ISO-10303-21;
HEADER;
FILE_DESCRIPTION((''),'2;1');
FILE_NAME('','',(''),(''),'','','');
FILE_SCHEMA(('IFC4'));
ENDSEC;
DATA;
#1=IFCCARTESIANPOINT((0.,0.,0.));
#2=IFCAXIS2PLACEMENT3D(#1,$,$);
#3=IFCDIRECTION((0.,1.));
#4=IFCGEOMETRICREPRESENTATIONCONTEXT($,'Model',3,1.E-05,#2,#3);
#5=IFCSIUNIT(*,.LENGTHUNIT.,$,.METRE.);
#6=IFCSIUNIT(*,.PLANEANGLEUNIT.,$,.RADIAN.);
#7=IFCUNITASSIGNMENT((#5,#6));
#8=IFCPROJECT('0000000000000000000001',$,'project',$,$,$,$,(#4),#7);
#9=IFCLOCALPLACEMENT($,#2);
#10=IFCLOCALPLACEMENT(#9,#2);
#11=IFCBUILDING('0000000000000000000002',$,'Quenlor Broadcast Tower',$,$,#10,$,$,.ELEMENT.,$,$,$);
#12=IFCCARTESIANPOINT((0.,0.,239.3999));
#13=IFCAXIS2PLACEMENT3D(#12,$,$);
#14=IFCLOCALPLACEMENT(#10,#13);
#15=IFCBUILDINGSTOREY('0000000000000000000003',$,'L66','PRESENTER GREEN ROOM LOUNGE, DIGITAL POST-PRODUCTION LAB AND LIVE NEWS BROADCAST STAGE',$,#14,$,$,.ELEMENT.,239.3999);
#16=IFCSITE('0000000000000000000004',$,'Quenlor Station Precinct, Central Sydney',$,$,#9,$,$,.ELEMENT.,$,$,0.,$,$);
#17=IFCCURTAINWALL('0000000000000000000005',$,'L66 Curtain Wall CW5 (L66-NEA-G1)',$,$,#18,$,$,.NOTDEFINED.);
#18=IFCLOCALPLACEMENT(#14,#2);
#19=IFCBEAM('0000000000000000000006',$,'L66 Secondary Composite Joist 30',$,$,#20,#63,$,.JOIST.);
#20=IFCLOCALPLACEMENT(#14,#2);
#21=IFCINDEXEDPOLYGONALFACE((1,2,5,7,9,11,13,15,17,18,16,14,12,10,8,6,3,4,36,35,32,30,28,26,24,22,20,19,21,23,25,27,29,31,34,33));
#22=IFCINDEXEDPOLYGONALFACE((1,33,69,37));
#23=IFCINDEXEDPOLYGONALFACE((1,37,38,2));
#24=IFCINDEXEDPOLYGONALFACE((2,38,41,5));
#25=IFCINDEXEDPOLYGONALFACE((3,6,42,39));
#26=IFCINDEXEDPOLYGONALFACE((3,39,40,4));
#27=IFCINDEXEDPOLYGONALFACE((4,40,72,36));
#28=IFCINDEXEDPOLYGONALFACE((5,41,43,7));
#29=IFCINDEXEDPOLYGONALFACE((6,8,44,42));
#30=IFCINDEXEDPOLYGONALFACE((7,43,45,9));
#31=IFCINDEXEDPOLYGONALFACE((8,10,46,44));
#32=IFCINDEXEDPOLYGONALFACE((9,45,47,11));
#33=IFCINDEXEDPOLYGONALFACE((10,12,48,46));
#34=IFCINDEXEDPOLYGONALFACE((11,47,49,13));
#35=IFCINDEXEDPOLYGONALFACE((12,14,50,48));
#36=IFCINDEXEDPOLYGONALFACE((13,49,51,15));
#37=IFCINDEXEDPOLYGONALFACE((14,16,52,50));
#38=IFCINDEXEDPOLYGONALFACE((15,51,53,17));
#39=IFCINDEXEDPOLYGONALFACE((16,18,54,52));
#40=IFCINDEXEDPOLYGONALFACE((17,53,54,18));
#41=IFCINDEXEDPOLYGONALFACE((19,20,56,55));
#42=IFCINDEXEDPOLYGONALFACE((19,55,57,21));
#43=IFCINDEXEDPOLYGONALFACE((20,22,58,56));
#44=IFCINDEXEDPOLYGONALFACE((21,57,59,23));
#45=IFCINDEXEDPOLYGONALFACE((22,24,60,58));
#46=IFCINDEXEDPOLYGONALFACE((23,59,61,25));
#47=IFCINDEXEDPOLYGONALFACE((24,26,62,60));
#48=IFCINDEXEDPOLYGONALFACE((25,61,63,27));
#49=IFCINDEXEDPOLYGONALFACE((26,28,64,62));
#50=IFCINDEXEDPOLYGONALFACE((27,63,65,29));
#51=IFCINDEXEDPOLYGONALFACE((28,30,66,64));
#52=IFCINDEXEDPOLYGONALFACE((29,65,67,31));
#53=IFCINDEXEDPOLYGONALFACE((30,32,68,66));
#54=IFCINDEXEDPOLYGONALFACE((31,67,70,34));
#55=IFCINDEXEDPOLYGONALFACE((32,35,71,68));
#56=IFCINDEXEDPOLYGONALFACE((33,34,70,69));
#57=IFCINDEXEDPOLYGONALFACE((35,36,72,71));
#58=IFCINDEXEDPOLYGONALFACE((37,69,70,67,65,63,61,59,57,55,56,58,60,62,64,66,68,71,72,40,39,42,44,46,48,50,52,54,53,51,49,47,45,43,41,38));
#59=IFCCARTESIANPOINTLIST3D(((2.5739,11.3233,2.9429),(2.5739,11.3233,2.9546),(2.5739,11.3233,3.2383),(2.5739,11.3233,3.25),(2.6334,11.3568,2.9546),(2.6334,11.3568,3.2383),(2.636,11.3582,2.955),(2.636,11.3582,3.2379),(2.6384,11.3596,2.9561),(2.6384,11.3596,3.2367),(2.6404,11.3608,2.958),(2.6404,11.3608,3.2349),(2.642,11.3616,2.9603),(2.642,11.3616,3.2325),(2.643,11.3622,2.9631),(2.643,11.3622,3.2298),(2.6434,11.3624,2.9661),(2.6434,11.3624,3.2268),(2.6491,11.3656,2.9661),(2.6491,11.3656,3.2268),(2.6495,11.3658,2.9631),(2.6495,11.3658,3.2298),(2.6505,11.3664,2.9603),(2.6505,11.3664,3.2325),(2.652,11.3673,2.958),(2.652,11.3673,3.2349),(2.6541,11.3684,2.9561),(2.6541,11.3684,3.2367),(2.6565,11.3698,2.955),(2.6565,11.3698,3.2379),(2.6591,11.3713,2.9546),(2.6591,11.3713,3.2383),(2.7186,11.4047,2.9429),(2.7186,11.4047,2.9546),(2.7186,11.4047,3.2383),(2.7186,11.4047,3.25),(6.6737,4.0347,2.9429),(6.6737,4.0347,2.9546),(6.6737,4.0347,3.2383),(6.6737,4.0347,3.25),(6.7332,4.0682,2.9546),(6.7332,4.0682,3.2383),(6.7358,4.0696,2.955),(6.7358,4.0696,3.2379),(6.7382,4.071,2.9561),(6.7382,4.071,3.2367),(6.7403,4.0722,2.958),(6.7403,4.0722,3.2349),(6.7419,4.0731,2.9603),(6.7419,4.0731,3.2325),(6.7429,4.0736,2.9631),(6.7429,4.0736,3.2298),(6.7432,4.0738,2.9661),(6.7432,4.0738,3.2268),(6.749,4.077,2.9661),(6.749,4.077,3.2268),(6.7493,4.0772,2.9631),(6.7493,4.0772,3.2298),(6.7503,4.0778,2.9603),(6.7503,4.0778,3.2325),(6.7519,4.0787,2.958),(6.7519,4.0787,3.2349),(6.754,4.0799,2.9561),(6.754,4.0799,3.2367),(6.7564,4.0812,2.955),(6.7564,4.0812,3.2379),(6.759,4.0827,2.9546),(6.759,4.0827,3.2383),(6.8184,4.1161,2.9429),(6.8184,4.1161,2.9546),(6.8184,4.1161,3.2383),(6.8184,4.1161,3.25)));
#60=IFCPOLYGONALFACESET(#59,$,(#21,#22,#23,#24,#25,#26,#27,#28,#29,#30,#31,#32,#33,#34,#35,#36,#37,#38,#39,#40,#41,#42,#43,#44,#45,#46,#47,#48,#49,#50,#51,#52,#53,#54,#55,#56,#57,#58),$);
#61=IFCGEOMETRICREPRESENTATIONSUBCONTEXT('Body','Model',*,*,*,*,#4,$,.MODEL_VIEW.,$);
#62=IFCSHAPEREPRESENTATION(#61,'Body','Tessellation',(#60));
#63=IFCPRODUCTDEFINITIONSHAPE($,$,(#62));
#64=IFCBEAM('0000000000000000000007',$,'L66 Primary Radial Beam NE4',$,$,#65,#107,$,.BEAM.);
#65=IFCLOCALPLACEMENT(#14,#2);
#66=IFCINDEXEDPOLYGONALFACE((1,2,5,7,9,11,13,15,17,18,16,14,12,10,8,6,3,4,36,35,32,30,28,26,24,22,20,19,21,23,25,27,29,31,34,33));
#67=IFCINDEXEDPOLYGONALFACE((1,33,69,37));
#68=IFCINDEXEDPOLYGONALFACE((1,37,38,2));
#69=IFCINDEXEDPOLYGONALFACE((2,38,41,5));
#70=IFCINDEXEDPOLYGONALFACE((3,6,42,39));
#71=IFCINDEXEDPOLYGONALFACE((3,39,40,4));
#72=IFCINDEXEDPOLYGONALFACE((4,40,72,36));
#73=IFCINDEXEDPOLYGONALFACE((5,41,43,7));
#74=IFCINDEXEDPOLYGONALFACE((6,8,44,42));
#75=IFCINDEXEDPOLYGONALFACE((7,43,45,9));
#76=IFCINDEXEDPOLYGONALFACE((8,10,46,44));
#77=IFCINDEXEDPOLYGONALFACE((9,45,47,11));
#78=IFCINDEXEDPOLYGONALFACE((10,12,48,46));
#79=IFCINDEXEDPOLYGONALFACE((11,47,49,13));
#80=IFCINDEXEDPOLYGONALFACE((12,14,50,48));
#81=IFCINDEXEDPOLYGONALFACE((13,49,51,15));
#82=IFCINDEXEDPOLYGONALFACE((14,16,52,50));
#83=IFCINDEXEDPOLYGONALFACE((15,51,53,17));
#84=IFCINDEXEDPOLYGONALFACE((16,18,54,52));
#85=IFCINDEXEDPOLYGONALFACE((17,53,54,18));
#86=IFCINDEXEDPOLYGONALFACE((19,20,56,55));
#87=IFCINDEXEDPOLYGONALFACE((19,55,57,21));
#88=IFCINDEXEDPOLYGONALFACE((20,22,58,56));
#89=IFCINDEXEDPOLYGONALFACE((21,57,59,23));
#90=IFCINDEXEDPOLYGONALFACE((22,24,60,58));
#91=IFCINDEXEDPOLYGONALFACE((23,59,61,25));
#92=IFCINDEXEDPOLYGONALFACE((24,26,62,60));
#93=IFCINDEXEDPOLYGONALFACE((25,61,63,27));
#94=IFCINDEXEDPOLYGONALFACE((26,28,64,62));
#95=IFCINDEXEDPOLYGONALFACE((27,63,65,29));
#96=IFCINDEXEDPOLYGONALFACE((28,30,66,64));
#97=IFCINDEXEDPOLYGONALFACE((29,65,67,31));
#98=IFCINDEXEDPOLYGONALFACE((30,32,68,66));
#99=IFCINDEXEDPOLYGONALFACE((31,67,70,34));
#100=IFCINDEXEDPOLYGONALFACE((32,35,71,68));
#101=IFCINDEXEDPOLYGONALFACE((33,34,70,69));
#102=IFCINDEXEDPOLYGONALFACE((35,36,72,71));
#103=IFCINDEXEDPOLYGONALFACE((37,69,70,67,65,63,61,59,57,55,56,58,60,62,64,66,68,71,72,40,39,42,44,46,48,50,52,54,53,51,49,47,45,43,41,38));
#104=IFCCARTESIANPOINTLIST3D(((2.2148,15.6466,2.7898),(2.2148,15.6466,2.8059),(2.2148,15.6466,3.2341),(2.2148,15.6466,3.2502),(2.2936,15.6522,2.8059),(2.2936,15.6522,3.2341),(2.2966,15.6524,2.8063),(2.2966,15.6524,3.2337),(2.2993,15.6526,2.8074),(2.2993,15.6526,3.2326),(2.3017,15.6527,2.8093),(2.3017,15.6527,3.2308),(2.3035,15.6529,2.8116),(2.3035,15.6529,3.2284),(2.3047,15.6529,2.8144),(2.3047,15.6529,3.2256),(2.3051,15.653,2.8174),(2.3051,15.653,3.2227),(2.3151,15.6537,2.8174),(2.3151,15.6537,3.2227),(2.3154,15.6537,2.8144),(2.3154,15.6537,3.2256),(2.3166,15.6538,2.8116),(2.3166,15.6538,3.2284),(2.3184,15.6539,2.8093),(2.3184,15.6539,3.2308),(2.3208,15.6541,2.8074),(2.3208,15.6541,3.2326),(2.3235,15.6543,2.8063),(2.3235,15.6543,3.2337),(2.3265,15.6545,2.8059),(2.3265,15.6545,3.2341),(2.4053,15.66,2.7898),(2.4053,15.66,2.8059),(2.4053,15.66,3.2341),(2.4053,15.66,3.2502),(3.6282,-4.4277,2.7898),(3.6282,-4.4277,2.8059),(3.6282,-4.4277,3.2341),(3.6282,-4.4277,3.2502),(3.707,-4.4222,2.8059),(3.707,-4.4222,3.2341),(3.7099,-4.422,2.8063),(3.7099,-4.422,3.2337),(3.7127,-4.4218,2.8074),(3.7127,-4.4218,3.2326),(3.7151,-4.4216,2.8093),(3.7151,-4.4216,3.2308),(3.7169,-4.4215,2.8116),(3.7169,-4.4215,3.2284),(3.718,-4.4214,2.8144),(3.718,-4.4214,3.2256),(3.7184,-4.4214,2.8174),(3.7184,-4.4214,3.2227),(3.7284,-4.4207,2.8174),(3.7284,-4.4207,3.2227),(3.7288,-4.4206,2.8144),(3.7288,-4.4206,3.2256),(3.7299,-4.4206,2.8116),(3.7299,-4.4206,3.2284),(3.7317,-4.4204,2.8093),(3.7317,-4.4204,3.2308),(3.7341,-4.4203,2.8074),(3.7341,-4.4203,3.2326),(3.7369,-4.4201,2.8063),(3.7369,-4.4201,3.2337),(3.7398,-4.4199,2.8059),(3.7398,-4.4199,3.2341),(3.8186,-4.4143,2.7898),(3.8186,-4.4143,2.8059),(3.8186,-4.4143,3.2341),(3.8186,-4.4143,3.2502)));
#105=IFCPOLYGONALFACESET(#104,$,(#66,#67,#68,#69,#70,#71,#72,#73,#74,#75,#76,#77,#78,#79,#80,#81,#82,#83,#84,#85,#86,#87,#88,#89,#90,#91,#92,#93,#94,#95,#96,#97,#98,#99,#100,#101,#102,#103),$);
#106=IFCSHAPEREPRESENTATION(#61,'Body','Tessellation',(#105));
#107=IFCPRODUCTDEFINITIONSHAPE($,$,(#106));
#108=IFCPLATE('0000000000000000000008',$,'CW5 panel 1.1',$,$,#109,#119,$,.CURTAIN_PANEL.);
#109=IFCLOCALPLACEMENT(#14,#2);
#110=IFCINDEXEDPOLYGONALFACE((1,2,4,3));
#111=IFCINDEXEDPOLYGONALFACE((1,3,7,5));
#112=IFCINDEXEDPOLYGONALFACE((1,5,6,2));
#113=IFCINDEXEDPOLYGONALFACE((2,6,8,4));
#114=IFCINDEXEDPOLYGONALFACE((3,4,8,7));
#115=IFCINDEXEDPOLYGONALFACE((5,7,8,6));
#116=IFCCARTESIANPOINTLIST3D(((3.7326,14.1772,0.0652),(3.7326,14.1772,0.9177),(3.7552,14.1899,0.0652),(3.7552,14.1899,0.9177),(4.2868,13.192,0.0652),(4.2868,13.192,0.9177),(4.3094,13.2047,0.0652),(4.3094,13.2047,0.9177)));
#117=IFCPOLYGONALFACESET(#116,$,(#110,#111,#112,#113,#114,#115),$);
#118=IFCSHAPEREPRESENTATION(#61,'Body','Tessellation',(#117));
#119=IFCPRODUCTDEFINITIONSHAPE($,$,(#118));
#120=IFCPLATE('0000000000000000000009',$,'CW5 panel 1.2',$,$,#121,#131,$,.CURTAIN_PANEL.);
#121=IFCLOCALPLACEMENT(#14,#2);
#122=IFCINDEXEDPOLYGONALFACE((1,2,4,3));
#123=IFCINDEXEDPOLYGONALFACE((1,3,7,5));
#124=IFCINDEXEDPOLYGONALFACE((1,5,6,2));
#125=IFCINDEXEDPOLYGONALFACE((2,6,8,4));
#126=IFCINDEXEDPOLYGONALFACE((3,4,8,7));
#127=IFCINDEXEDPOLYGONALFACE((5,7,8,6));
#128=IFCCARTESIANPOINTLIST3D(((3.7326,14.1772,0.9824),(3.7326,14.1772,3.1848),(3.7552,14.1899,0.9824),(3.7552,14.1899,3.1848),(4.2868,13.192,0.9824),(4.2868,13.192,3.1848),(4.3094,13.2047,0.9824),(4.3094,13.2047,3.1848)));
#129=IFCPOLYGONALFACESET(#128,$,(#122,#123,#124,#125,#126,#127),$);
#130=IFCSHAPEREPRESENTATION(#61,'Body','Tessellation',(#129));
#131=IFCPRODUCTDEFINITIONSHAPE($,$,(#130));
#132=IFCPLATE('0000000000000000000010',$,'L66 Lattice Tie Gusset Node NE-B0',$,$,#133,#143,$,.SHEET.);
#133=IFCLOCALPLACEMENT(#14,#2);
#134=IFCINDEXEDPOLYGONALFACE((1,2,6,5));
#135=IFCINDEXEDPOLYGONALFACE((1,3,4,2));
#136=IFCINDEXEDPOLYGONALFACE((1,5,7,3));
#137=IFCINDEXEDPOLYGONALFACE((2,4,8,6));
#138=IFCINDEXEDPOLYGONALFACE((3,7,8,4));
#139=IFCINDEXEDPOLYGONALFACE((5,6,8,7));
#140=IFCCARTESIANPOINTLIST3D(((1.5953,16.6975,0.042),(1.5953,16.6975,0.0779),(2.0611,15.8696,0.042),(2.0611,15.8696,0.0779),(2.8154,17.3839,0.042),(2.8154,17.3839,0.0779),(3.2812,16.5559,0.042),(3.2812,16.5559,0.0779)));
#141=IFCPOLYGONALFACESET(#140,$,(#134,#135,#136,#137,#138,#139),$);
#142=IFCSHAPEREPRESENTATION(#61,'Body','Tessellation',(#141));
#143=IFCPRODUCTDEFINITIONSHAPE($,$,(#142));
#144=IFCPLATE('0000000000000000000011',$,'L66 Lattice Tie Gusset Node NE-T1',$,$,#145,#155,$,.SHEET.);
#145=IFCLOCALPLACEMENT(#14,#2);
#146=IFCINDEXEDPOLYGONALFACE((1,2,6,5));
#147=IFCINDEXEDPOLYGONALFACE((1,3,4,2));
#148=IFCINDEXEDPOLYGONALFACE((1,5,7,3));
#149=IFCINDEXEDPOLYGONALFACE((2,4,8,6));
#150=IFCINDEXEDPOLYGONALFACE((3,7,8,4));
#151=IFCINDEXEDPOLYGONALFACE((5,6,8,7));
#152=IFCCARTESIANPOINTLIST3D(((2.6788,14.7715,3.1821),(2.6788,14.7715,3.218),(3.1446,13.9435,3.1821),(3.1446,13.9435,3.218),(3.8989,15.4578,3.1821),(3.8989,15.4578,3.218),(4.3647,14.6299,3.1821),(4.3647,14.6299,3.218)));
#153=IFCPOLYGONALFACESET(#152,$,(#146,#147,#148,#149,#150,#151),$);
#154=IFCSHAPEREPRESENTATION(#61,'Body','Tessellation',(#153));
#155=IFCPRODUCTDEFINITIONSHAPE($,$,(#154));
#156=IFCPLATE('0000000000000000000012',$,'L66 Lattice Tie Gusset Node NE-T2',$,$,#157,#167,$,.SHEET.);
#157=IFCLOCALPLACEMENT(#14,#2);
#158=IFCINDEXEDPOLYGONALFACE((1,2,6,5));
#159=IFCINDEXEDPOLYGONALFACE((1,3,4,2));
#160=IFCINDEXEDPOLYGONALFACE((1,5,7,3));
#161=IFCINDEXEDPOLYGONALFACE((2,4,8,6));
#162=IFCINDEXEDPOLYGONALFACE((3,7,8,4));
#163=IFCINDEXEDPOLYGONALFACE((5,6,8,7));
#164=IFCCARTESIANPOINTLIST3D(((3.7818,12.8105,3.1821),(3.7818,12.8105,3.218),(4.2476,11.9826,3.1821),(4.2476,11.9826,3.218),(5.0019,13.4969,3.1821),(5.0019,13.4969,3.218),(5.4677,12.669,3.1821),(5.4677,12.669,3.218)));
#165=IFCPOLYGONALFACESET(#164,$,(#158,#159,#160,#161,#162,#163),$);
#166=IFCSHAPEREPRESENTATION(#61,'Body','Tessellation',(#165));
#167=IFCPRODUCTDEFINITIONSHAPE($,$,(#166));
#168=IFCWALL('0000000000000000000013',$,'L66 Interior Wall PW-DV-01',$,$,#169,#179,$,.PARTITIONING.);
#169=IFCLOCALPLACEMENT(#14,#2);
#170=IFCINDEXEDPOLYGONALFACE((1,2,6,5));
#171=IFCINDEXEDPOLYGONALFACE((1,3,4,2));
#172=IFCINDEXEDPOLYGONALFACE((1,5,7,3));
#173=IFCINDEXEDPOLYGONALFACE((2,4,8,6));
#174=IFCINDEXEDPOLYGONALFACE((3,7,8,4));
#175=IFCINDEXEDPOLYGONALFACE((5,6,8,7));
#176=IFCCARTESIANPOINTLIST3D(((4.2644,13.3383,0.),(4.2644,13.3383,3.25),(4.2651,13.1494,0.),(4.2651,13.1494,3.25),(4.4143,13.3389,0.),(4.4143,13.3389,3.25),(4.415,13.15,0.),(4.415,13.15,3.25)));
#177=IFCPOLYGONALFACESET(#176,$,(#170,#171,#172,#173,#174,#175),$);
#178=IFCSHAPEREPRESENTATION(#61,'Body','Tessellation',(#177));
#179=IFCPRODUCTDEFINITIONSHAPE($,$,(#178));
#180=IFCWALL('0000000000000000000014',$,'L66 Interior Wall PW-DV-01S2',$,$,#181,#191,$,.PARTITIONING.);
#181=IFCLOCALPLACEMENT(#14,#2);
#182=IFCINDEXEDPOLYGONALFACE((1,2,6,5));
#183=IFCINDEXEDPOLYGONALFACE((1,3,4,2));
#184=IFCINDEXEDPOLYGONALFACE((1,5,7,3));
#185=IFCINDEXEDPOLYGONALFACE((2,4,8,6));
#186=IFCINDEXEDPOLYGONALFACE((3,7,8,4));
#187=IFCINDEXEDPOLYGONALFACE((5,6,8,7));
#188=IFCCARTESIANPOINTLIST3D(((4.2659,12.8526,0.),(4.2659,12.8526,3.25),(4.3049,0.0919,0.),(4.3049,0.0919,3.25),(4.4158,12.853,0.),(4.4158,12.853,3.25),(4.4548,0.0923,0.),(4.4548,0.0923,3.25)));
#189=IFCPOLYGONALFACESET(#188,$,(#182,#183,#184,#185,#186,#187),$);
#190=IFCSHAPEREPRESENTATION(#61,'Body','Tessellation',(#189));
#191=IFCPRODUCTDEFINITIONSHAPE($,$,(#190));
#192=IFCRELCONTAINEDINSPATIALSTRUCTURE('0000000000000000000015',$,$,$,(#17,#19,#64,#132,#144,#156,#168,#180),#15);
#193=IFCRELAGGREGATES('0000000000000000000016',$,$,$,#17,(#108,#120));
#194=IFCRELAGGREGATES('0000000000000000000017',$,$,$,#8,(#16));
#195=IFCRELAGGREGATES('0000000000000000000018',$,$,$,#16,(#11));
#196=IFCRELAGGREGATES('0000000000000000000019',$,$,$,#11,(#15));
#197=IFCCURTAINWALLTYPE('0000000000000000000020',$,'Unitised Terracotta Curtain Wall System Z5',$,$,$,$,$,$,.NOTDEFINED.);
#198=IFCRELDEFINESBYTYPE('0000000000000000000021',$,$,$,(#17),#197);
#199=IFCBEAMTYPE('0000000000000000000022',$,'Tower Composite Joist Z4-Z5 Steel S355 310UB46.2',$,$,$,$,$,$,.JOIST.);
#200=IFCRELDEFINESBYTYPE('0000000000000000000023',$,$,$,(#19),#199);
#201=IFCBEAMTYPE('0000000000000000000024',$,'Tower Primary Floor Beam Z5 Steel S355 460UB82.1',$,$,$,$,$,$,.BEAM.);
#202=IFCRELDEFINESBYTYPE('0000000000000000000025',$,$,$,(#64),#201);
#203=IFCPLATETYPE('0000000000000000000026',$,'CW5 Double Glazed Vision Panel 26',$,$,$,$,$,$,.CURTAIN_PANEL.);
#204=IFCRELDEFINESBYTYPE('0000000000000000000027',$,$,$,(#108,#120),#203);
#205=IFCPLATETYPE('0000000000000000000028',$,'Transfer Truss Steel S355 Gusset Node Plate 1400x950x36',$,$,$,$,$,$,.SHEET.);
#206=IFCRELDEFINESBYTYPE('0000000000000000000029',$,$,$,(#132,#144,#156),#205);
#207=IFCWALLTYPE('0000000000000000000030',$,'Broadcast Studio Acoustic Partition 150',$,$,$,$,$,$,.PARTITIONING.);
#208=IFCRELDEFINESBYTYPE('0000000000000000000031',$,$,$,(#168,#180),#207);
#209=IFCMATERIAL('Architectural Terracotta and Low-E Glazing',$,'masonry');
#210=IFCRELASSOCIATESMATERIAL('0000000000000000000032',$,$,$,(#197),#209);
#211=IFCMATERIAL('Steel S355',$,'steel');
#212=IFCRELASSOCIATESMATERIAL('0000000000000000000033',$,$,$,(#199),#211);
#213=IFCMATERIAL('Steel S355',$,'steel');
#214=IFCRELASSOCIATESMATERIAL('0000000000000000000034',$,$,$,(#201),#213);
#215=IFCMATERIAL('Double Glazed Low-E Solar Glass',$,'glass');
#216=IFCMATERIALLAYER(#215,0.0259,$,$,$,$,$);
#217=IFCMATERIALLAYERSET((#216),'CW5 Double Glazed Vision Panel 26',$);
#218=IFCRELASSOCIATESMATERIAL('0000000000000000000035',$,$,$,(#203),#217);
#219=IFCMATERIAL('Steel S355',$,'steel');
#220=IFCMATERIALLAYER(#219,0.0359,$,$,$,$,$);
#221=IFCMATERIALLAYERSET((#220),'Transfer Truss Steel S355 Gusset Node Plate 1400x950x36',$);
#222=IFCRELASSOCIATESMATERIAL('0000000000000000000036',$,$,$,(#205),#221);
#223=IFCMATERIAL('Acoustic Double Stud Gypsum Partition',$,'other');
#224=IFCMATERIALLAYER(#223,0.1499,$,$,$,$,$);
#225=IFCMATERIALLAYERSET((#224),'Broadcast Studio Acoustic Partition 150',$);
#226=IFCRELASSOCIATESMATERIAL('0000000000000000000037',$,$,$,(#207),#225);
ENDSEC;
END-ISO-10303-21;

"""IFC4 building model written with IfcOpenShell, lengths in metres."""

from ifc_helpers import new_model, si_unit, direction, frame, frame_2d, origin, origin_2d, place, context, subcontext, project, spatial, rectangle, i_section, extrude, material, layer, layer_set, material_profile, profile_set, type_object, element, aggregate, save


model = new_model("IFC4")

# Units and contexts
model_context = context("Model", 3, precision=1e-05, world=origin(), true_north=direction((0.0, 1.0)))
body_context = subcontext(model_context, "Body", "Model", "MODEL_VIEW")
ifc_project = project(units=[si_unit("LENGTHUNIT", "METRE"), si_unit("PLANEANGLEUNIT", "RADIAN")], contexts=[model_context])

# Site, building, storey
site_placement = place(None, origin())
site = spatial("IfcSite", under=ifc_project, at=site_placement, Name="Quenlor Station Precinct, Central Sydney", CompositionType="ELEMENT", RefElevation=0.0)
building_placement = place(site_placement, origin())
building = spatial("IfcBuilding", under=site, at=building_placement, Name="Quenlor Broadcast Tower", CompositionType="ELEMENT")
storey_placement = place(building_placement, frame((0.0, 0.0, 239.3999)))
storey = spatial("IfcBuildingStorey", under=building, at=storey_placement, Name="L66", Description="PRESENTER GREEN ROOM LOUNGE, DIGITAL POST-PRODUCTION LAB AND LIVE NEWS BROADCAST STAGE", CompositionType="ELEMENT", Elevation=239.3999)

# Curtain wall
ifc_material_1 = material(Name="Architectural Terracotta and Low-E Glazing", Category="masonry")
curtain_wall_type = type_object("IfcCurtainWallType", Name="Unitised Terracotta Curtain Wall System Z5", PredefinedType="NOTDEFINED", material=ifc_material_1)
curtain_wall_placement = place(storey_placement, origin())
curtain_wall = element("IfcCurtainWall", 1, at=curtain_wall_placement, inside=storey, type_object=curtain_wall_type, Name="L66 Curtain Wall CW5 (L66-NEA-G1)", PredefinedType="NOTDEFINED")

# Beams
ifc_material_2 = material(Name="Steel S355", Category="steel")
ifc_material_profile_1 = material_profile(ifc_material_2, i_section(OverallWidth=0.166, OverallDepth=0.3071, WebThickness=0.0066, FlangeThickness=0.0117, FilletRadius=0.0115, at=origin_2d()))
ifc_profile_set_1 = profile_set([ifc_material_profile_1], Name="Steel S355 310UB46.2")
beam_type_1 = type_object("IfcBeamType", Name="Tower Composite Joist Z4-Z5 Steel S355 310UB46.2", PredefinedType="JOIST", material=ifc_profile_set_1)
beam_1_placement = place(storey_placement, frame((2.6462, 11.364, 3.0964), z_axis=(0.490264, -0.871574, 0.0), x_axis=(0.871574, 0.490264, 0.0)))
element("IfcBeam", 2, at=beam_1_placement, inside=storey, type_object=beam_type_1, Name="L66 Secondary Composite Joist 30", PredefinedType="JOIST", context=body_context, shape_type="SweptSolid", body=[
    extrude(i_section(OverallWidth=0.166, OverallDepth=0.3071, WebThickness=0.0066, FlangeThickness=0.0117, FilletRadius=0.0115, at=origin_2d()), origin(), (0.0, 0.0, 1.0), 8.3625),
])
ifc_material_3 = material(Name="Steel S355", Category="steel")
ifc_material_profile_2 = material_profile(ifc_material_3, i_section(OverallWidth=0.1909, OverallDepth=0.4604, WebThickness=0.01, FlangeThickness=0.0161, FilletRadius=0.0115, at=origin_2d()))
ifc_profile_set_2 = profile_set([ifc_material_profile_2], Name="Steel S355 460UB82.1")
beam_type_2 = type_object("IfcBeamType", Name="Tower Primary Floor Beam Z5 Steel S355 460UB82.1", PredefinedType="BEAM", material=ifc_profile_set_2)
beam_2_placement = place(storey_placement, frame((2.3101, 15.6533, 3.02), z_axis=(0.070231, -0.997531, 0.0), x_axis=(0.997531, 0.070231, 0.0)))
element("IfcBeam", 3, at=beam_2_placement, inside=storey, type_object=beam_type_2, Name="L66 Primary Radial Beam NE4", PredefinedType="BEAM", context=body_context, shape_type="SweptSolid", body=[
    extrude(i_section(OverallWidth=0.1909, OverallDepth=0.4604, WebThickness=0.01, FlangeThickness=0.0161, FilletRadius=0.0115, at=origin_2d()), origin(), (0.0, 0.0, 1.0), 20.124),
])

# Plates
ifc_material_4 = material(Name="Double Glazed Low-E Solar Glass", Category="glass")
ifc_layer_1 = layer(ifc_material_4, 0.0259)
ifc_layer_set_1 = layer_set([ifc_layer_1], Name="CW5 Double Glazed Vision Panel 26")
plate_type_1 = type_object("IfcPlateType", Name="CW5 Double Glazed Vision Panel 26", PredefinedType="CURTAIN_PANEL", material=ifc_layer_set_1)
plate_1_placement = place(storey_placement, frame((4.021, 13.6909, 0.0652), z_axis=(0.0, 0.0, 1.0), x_axis=(0.490291, -0.871559, 0.0)))
plate_1 = element("IfcPlate", 4, at=plate_1_placement, type_object=plate_type_1, Name="CW5 panel 1.1", PredefinedType="CURTAIN_PANEL", context=body_context, shape_type="SweptSolid", body=[
    extrude(rectangle(XDim=1.1304, YDim=0.0259, at=origin_2d()), origin(), (0.0, 0.0, 1.0), 0.8525),
])
plate_2_placement = place(storey_placement, frame((4.021, 13.6909, 0.9824), z_axis=(0.0, 0.0, 1.0), x_axis=(0.490291, -0.871559, 0.0)))
plate_2 = element("IfcPlate", 5, at=plate_2_placement, type_object=plate_type_1, Name="CW5 panel 1.2", PredefinedType="CURTAIN_PANEL", context=body_context, shape_type="SweptSolid", body=[
    extrude(rectangle(XDim=1.1304, YDim=0.0259, at=origin_2d()), origin(), (0.0, 0.0, 1.0), 2.2024),
])
aggregate(curtain_wall, [plate_1, plate_2])

# Plates
ifc_material_5 = material(Name="Steel S355", Category="steel")
ifc_layer_2 = layer(ifc_material_5, 0.0359)
ifc_layer_set_2 = layer_set([ifc_layer_2], Name="Transfer Truss Steel S355 Gusset Node Plate 1400x950x36")
plate_type_2 = type_object("IfcPlateType", Name="Transfer Truss Steel S355 Gusset Node Plate 1400x950x36", PredefinedType="SHEET", material=ifc_layer_set_2)
for number, where, z_axis, x_axis, name in (
    (6, (2.4382, 16.6267, 0.042), (0.0, 0.0, 1.0), (0.871556, 0.490295, 0.0), "L66 Lattice Tie Gusset Node NE-B0"),
    (7, (3.5217, 14.7007, 3.1821), (0.0, 0.0, 1.0), (0.871556, 0.490295, 0.0), "L66 Lattice Tie Gusset Node NE-T1"),
    (8, (4.6248, 12.7397, 3.1821), (0.0, 0.0, 1.0), (0.871556, 0.490295, 0.0), "L66 Lattice Tie Gusset Node NE-T2"),
):
    element("IfcPlate", number, at=place(storey_placement, frame(where, z_axis=z_axis, x_axis=x_axis)), inside=storey, type_object=plate_type_2, Name=name, PredefinedType="SHEET", context=body_context, shape_type="SweptSolid", body=[
        extrude(rectangle(XDim=1.3999, YDim=0.95, at=origin_2d()), origin(), (0.0, 0.0, 1.0), 0.0359),
    ])

# Walls
ifc_material_6 = material(Name="Acoustic Double Stud Gypsum Partition", Category="other")
ifc_layer_3 = layer(ifc_material_6, 0.1499)
ifc_layer_set_3 = layer_set([ifc_layer_3], Name="Broadcast Studio Acoustic Partition 150")
wall_type_1 = type_object("IfcWallType", Name="Broadcast Studio Acoustic Partition 150", PredefinedType="PARTITIONING", material=ifc_layer_set_3)
wall_1_placement = place(storey_placement, frame((4.3394, 13.3386, 0.0), z_axis=(0.0, 0.0, 1.0), x_axis=(0.003876, -0.999992, 0.0)))
element("IfcWall", 9, at=wall_1_placement, inside=storey, type_object=wall_type_1, Name="L66 Interior Wall PW-DV-01", PredefinedType="PARTITIONING", context=body_context, shape_type="SweptSolid", body=[
    extrude(rectangle(XDim=0.189, YDim=0.1499, at=frame_2d((0.0945, 0.0))), origin(), (0.0, 0.0, 1.0), 3.25),
])
wall_2_placement = place(storey_placement, frame((4.3408, 12.8528, 0.0), z_axis=(0.0, 0.0, 1.0), x_axis=(0.003061, -0.999995, 0.0)))
element("IfcWall", 10, at=wall_2_placement, inside=storey, type_object=wall_type_1, Name="L66 Interior Wall PW-DV-01S2", PredefinedType="PARTITIONING", context=body_context, shape_type="SweptSolid", body=[
    extrude(rectangle(XDim=12.7607, YDim=0.1499, at=frame_2d((6.3804, 0.0))), origin(), (0.0, 0.0, 1.0), 3.25),
])

save(model, "model.ifc")
